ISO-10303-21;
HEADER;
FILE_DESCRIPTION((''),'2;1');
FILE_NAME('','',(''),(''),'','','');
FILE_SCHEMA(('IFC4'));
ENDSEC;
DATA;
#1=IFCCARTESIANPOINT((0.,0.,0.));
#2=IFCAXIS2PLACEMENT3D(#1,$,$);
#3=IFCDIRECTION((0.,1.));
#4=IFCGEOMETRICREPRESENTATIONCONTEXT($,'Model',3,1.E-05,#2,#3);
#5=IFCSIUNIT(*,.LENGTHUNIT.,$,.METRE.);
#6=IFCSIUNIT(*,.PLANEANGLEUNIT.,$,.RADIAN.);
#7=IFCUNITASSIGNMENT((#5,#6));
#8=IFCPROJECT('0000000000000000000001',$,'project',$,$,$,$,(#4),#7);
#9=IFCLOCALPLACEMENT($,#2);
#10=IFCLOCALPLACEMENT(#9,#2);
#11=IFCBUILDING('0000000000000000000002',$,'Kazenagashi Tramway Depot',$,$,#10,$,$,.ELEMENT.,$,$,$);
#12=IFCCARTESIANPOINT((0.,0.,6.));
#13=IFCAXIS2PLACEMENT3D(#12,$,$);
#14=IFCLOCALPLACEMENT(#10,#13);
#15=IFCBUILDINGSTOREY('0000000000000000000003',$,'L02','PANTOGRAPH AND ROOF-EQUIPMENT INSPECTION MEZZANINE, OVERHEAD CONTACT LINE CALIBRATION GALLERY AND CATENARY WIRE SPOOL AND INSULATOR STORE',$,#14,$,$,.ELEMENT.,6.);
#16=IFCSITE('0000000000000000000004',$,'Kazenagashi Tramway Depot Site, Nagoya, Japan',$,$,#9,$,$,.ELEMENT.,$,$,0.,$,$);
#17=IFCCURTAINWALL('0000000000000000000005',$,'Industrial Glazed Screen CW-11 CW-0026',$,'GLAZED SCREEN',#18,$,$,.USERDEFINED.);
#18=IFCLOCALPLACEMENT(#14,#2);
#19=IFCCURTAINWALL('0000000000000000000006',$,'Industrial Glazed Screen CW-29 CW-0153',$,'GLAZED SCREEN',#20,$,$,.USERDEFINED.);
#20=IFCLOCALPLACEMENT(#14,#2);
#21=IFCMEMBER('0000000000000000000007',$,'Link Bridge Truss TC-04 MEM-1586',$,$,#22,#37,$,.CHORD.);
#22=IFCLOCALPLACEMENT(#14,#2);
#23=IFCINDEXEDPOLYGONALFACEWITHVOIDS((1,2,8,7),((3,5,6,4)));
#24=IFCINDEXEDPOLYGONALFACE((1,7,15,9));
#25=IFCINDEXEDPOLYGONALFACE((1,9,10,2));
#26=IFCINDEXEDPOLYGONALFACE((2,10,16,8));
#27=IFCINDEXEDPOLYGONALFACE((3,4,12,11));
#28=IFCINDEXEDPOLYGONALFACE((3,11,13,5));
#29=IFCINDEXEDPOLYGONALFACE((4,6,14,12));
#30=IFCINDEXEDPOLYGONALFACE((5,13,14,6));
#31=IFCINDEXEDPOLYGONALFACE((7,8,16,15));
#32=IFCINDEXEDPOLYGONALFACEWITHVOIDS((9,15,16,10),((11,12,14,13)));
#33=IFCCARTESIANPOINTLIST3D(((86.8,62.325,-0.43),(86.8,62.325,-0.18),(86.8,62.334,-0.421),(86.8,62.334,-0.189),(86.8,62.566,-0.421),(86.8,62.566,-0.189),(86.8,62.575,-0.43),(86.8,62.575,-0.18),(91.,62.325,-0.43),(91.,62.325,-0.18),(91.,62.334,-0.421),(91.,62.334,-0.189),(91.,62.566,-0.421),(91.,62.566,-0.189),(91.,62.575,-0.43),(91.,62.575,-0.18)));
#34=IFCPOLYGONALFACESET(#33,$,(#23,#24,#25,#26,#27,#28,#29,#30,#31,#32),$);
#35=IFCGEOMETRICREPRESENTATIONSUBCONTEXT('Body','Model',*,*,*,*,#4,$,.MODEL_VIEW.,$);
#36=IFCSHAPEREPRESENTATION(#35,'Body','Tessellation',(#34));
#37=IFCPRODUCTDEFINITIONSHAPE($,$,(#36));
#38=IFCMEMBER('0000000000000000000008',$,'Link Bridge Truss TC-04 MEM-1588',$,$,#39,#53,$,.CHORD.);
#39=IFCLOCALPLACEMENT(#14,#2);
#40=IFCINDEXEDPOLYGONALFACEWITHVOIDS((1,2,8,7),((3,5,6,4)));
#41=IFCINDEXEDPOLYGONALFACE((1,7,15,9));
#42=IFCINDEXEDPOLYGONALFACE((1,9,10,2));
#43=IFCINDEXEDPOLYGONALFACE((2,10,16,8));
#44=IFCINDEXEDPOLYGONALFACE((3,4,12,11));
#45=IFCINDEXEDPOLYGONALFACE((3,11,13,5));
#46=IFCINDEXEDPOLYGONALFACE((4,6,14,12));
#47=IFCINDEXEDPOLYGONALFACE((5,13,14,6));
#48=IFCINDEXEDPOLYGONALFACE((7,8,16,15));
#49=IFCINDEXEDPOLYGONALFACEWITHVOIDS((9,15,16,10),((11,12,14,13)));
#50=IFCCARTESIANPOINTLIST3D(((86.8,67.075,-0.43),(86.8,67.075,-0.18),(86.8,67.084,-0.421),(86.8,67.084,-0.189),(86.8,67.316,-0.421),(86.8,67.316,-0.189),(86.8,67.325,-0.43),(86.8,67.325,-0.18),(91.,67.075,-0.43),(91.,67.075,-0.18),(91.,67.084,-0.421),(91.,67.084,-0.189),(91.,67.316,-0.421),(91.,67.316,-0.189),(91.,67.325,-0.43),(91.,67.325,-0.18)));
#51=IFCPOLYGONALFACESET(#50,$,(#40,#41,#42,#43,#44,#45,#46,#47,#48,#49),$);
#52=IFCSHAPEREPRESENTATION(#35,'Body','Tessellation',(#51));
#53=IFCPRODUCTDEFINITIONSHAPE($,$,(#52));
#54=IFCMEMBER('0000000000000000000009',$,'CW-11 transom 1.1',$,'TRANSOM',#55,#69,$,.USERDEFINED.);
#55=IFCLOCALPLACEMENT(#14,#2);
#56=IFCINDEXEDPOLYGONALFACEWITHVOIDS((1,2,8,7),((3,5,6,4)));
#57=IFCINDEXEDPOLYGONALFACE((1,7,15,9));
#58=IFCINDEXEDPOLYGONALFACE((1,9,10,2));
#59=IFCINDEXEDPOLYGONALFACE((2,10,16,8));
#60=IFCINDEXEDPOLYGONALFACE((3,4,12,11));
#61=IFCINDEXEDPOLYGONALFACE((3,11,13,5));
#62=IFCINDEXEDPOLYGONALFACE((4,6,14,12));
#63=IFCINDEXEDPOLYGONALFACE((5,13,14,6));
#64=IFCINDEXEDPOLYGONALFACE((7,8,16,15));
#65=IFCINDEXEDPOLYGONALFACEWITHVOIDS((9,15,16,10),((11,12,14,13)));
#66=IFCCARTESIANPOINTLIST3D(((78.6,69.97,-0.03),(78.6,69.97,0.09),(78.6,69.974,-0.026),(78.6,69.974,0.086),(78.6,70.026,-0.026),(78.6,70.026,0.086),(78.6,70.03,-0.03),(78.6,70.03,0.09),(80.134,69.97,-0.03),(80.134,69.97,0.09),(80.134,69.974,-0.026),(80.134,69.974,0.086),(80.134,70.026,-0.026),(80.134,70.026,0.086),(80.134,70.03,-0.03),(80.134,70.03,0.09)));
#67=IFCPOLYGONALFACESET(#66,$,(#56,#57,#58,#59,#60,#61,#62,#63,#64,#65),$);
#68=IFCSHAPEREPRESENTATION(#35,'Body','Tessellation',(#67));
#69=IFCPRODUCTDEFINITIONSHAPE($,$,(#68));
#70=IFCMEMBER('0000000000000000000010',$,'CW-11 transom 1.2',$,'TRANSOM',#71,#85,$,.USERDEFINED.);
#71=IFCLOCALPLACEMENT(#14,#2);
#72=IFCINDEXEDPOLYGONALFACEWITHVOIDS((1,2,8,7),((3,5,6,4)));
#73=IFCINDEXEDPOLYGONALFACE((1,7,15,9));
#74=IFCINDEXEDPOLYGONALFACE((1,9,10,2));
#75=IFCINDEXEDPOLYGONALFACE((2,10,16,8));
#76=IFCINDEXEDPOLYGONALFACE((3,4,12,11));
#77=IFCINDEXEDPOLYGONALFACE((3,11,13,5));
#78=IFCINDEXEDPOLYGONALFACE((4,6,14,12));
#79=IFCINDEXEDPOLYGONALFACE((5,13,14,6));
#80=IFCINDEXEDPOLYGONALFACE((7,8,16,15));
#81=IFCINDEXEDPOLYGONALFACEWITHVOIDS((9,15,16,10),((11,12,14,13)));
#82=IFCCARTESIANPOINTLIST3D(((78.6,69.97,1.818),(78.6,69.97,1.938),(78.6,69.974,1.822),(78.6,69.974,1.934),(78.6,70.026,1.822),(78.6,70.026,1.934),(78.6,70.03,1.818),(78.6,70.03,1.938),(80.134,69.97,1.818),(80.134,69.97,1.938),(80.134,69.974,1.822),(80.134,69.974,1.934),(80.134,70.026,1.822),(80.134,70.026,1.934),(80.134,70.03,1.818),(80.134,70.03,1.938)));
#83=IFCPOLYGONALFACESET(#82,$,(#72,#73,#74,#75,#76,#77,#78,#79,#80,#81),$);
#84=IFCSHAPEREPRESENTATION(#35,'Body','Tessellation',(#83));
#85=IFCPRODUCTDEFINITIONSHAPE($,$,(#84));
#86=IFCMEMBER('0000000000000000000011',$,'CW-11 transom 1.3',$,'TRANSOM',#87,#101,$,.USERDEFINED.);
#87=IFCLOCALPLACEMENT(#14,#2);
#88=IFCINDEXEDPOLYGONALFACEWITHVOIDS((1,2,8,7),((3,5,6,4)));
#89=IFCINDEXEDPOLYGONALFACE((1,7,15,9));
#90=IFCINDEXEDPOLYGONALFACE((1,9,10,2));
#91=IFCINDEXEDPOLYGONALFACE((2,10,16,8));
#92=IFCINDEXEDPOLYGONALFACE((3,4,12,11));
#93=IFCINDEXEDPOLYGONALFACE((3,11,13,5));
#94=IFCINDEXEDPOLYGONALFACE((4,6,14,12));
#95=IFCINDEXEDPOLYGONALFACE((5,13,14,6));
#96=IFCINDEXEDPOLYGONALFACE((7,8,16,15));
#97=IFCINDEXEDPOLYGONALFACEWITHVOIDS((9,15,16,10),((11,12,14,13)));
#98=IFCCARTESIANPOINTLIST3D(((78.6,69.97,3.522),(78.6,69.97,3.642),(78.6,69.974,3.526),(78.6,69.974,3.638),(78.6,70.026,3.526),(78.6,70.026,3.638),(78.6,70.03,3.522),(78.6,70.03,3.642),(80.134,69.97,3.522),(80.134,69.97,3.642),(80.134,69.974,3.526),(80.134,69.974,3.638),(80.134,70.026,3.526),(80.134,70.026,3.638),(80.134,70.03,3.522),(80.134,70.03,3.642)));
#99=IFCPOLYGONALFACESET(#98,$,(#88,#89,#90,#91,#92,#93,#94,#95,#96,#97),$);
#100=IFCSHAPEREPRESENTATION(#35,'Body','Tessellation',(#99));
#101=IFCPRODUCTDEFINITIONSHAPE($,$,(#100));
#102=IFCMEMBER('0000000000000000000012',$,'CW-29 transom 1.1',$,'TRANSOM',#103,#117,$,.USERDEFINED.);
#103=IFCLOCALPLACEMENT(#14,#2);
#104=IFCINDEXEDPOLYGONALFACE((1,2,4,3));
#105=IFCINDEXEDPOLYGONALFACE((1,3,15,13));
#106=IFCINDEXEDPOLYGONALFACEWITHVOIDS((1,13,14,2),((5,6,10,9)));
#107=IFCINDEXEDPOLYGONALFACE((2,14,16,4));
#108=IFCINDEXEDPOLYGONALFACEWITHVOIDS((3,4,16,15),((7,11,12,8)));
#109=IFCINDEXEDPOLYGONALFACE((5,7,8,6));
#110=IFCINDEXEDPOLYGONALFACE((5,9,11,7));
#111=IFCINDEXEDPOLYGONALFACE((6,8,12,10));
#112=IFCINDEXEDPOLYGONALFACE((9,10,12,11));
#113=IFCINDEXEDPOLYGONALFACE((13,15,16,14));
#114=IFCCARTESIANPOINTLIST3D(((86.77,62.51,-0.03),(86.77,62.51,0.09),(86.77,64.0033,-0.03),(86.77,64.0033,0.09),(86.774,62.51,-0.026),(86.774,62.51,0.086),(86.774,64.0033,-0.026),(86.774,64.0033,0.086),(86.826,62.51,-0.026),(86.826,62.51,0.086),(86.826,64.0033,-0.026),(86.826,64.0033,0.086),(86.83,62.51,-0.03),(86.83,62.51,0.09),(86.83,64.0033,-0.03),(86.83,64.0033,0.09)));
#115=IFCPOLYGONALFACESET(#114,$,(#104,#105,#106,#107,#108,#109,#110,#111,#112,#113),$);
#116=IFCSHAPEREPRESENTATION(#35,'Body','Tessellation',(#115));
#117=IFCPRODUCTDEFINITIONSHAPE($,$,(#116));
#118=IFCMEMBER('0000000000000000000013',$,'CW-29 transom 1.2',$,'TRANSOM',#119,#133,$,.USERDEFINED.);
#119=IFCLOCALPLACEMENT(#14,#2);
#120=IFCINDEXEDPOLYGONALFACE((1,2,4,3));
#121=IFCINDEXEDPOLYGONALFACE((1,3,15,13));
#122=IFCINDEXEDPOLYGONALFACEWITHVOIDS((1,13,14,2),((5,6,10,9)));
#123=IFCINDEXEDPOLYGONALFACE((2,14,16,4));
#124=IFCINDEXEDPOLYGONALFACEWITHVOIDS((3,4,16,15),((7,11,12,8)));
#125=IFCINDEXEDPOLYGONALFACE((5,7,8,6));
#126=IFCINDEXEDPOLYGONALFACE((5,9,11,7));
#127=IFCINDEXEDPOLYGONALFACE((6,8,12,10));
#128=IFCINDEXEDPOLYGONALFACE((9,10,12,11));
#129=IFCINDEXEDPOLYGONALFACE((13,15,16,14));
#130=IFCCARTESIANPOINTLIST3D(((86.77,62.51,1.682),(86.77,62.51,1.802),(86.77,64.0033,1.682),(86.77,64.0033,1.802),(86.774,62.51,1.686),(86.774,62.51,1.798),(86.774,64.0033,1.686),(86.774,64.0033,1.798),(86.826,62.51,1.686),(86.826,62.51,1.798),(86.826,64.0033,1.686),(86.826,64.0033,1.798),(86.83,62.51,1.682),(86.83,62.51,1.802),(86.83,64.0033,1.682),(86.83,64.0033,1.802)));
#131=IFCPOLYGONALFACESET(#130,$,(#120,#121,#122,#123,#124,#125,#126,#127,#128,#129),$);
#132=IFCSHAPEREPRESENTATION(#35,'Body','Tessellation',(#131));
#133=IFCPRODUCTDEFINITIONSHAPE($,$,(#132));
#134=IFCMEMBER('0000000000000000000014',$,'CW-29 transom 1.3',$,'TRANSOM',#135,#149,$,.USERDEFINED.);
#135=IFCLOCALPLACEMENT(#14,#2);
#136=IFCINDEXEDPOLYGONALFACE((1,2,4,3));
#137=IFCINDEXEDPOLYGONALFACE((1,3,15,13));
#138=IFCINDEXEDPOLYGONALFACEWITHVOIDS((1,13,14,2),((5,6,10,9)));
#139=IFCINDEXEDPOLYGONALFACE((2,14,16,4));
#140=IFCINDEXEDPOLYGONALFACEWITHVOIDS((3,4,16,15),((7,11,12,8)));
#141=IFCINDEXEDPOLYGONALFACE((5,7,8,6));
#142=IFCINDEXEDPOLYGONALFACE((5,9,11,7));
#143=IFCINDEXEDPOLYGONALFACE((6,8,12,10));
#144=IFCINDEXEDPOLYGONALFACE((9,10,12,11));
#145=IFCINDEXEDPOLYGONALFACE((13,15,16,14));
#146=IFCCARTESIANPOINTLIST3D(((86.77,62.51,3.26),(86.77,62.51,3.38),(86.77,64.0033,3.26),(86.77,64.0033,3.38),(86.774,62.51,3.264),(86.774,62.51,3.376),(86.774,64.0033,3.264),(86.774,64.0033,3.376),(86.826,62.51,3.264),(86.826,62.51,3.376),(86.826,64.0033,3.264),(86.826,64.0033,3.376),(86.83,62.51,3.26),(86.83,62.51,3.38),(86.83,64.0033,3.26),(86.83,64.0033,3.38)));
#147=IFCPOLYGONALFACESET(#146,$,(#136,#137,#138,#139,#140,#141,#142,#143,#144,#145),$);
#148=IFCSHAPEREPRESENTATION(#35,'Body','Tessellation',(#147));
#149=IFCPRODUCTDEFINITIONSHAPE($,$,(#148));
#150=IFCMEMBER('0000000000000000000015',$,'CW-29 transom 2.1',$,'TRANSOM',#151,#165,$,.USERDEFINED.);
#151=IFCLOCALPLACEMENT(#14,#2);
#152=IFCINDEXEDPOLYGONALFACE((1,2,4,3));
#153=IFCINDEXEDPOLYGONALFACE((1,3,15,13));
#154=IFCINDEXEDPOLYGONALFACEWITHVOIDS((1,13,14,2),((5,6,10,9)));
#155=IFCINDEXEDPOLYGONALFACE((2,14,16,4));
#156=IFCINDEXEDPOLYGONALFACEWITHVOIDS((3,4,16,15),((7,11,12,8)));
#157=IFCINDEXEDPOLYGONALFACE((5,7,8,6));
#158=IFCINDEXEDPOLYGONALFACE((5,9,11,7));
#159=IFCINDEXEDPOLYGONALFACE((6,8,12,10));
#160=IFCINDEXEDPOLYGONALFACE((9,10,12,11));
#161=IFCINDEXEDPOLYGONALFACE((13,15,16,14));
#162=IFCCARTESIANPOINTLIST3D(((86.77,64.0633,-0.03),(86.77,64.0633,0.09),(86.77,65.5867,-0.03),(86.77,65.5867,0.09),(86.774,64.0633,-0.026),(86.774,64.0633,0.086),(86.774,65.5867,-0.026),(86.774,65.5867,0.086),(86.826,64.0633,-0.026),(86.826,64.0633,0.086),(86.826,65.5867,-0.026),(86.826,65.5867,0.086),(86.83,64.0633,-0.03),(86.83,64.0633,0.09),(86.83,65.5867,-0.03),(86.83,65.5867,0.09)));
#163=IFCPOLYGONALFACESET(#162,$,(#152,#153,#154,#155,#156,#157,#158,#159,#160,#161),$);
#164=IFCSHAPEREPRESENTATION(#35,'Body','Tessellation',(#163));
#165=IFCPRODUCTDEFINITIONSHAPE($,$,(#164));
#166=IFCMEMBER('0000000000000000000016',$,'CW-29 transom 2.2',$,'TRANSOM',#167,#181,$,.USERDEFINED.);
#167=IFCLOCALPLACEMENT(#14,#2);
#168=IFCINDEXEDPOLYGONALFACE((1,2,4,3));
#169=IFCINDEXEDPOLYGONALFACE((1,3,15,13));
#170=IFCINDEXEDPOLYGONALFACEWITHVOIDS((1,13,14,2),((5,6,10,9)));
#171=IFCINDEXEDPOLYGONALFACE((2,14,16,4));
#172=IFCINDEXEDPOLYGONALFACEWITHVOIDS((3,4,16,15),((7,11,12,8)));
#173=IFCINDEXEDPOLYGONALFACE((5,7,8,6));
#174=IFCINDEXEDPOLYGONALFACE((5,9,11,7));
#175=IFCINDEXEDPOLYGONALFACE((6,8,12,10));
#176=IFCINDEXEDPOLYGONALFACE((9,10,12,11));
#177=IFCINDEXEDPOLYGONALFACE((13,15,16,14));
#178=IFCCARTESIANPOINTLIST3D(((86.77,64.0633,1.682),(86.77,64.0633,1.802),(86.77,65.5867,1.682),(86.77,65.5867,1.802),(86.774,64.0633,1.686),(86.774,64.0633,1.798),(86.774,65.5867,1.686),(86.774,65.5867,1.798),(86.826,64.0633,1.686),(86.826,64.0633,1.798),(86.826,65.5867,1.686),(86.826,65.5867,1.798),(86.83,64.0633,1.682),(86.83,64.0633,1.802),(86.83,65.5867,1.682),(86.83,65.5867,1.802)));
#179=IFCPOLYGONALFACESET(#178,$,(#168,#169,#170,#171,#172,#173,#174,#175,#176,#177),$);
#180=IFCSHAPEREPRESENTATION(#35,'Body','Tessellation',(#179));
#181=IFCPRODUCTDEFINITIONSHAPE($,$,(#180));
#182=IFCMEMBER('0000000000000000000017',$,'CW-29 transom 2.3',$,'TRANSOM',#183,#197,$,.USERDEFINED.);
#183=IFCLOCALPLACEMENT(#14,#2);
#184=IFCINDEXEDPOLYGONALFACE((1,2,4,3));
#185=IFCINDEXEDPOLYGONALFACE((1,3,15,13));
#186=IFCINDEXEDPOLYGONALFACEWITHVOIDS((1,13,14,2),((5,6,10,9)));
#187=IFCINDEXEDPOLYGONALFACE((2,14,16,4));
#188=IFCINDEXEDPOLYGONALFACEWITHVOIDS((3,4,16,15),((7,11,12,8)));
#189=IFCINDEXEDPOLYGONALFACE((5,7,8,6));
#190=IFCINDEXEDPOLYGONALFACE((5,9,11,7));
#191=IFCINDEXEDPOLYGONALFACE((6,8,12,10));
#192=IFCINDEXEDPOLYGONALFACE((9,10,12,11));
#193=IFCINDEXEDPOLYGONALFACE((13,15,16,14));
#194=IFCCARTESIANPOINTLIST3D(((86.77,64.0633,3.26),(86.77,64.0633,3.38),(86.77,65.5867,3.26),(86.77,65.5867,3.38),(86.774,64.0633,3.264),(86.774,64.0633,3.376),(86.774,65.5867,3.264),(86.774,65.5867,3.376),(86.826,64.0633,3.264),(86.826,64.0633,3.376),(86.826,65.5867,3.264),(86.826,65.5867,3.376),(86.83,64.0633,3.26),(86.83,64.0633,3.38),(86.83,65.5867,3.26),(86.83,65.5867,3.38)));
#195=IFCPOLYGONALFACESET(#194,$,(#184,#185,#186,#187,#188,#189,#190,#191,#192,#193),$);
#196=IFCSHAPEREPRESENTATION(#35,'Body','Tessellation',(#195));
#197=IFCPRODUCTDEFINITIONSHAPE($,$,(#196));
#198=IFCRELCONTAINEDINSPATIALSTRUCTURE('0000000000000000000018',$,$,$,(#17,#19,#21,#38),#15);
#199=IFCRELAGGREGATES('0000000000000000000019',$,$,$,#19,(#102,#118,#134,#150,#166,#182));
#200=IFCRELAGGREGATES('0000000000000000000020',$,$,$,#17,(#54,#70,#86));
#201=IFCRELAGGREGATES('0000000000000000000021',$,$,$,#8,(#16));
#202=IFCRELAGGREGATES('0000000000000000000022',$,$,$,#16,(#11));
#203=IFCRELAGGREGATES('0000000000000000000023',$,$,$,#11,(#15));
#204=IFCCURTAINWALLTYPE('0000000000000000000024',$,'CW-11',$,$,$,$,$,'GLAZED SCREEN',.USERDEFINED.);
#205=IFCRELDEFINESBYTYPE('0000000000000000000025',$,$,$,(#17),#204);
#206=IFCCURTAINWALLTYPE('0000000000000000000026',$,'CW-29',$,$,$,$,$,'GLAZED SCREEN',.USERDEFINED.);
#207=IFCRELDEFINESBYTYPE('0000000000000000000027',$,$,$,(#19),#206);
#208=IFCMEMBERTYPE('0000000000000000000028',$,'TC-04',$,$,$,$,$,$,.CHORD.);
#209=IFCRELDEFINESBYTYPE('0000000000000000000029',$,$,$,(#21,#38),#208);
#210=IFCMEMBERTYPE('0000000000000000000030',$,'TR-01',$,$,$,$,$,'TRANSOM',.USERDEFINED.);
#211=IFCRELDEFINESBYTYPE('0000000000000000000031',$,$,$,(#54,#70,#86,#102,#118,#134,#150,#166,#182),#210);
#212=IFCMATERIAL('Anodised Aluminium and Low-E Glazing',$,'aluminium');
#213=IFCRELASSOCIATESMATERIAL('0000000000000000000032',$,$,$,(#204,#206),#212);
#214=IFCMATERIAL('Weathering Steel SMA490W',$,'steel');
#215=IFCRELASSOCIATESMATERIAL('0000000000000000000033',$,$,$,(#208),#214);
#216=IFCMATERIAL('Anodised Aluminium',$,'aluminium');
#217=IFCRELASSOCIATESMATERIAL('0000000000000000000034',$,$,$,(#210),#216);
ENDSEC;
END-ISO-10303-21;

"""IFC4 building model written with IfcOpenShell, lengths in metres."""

from ifc_helpers import new_model, si_unit, direction, frame, origin, origin_2d, place, context, subcontext, project, spatial, hollow_rectangle, extrude, material, material_profile, profile_set, type_object, element, aggregate, save


model = new_model("IFC4")

# Units and contexts
model_context = context("Model", 3, precision=1e-05, world=origin(), true_north=direction((0.0, 1.0)))
body_context = subcontext(model_context, "Body", "Model", "MODEL_VIEW")
ifc_project = project(units=[si_unit("LENGTHUNIT", "METRE"), si_unit("PLANEANGLEUNIT", "RADIAN")], contexts=[model_context])

# Site, building, storey
site_placement = place(None, origin())
site = spatial("IfcSite", under=ifc_project, at=site_placement, Name="Kazenagashi Tramway Depot Site, Nagoya, Japan", CompositionType="ELEMENT", RefElevation=0.0)
building_placement = place(site_placement, origin())
building = spatial("IfcBuilding", under=site, at=building_placement, Name="Kazenagashi Tramway Depot", CompositionType="ELEMENT")
storey_placement = place(building_placement, frame((0.0, 0.0, 6.0)))
storey = spatial("IfcBuildingStorey", under=building, at=storey_placement, Name="L02", Description="PANTOGRAPH AND ROOF-EQUIPMENT INSPECTION MEZZANINE, OVERHEAD CONTACT LINE CALIBRATION GALLERY AND CATENARY WIRE SPOOL AND INSULATOR STORE", CompositionType="ELEMENT", Elevation=6.0)

# Shared definitions
ifc_material_1 = material(Name="Weathering Steel SMA490W", Category="steel")

# Curtain wall
ifc_material_2 = material(Name="Anodised Aluminium and Low-E Glazing", Category="aluminium")
curtain_wall_type_1 = type_object("IfcCurtainWallType", Name="CW-11", ElementType="GLAZED SCREEN", PredefinedType="USERDEFINED", material=ifc_material_2)
curtain_wall_1_placement = place(storey_placement, origin())
curtain_wall_1 = element("IfcCurtainWall", 1, at=curtain_wall_1_placement, inside=storey, type_object=curtain_wall_type_1, Name="Industrial Glazed Screen CW-11 CW-0026", ObjectType="GLAZED SCREEN", PredefinedType="USERDEFINED")
ifc_material_3 = material(Name="Anodised Aluminium", Category="aluminium")

# Curtain wall
curtain_wall_type_2 = type_object("IfcCurtainWallType", Name="CW-29", ElementType="GLAZED SCREEN", PredefinedType="USERDEFINED", material=ifc_material_2)
curtain_wall_2_placement = place(storey_placement, origin())
curtain_wall_2 = element("IfcCurtainWall", 2, at=curtain_wall_2_placement, inside=storey, type_object=curtain_wall_type_2, Name="Industrial Glazed Screen CW-29 CW-0153", ObjectType="GLAZED SCREEN", PredefinedType="USERDEFINED")

# Members
ifc_material_profile_1 = material_profile(ifc_material_1, hollow_rectangle(XDim=0.25, YDim=0.25, WallThickness=0.009, at=origin_2d()), Name="SHS-250x250x9")
ifc_profile_set_1 = profile_set([ifc_material_profile_1], Name="Weathering Steel SMA490W")
member_type_1 = type_object("IfcMemberType", Name="TC-04", PredefinedType="CHORD", material=ifc_profile_set_1)
for number, where, z_axis, x_axis, name in (
    (3, (86.8, 62.45, -0.305), (1.0, 0.0, 0.0), (0.0, 1.0, 0.0), "Link Bridge Truss TC-04 MEM-1586"),
    (4, (86.8, 67.2, -0.305), (1.0, 0.0, 0.0), (0.0, 1.0, 0.0), "Link Bridge Truss TC-04 MEM-1588"),
):
    element("IfcMember", number, at=place(storey_placement, frame(where, z_axis=z_axis, x_axis=x_axis)), inside=storey, type_object=member_type_1, Name=name, PredefinedType="CHORD", context=body_context, shape_type="SweptSolid", body=[
        extrude(hollow_rectangle(XDim=0.25, YDim=0.25, WallThickness=0.009, at=origin_2d()), origin(), (0.0, 0.0, 1.0), 4.2),
    ])

# Members
ifc_material_profile_2 = material_profile(ifc_material_3, hollow_rectangle(XDim=0.06, YDim=0.12, WallThickness=0.004, at=origin_2d()), Name="RHS-120x60x4")
ifc_profile_set_2 = profile_set([ifc_material_profile_2], Name="Anodised Aluminium")
member_type_2 = type_object("IfcMemberType", Name="TR-01", ElementType="TRANSOM", PredefinedType="USERDEFINED", material=ifc_profile_set_2)
member_1_placement = place(storey_placement, frame((78.6, 70.0, 0.03), z_axis=(1.0, 0.0, 0.0), x_axis=(0.0, 1.0, 0.0)))
member_1 = element("IfcMember", 5, at=member_1_placement, type_object=member_type_2, Name="CW-11 transom 1.1", ObjectType="TRANSOM", PredefinedType="USERDEFINED", context=body_context, shape_type="SweptSolid", body=[
    extrude(hollow_rectangle(XDim=0.06, YDim=0.12, WallThickness=0.004, at=origin_2d()), origin(), (0.0, 0.0, 1.0), 1.534),
])
member_2_placement = place(storey_placement, frame((78.6, 70.0, 1.878), z_axis=(1.0, 0.0, 0.0), x_axis=(0.0, 1.0, 0.0)))
member_2 = element("IfcMember", 6, at=member_2_placement, type_object=member_type_2, Name="CW-11 transom 1.2", ObjectType="TRANSOM", PredefinedType="USERDEFINED", context=body_context, shape_type="SweptSolid", body=[
    extrude(hollow_rectangle(XDim=0.06, YDim=0.12, WallThickness=0.004, at=origin_2d()), origin(), (0.0, 0.0, 1.0), 1.534),
])
member_3_placement = place(storey_placement, frame((78.6, 70.0, 3.582), z_axis=(1.0, 0.0, 0.0), x_axis=(0.0, 1.0, 0.0)))
member_3 = element("IfcMember", 7, at=member_3_placement, type_object=member_type_2, Name="CW-11 transom 1.3", ObjectType="TRANSOM", PredefinedType="USERDEFINED", context=body_context, shape_type="SweptSolid", body=[
    extrude(hollow_rectangle(XDim=0.06, YDim=0.12, WallThickness=0.004, at=origin_2d()), origin(), (0.0, 0.0, 1.0), 1.534),
])
member_4_placement = place(storey_placement, frame((86.8, 62.51, 0.03), z_axis=(0.0, 1.0, 0.0), x_axis=(-1.0, 0.0, 0.0)))
member_4 = element("IfcMember", 8, at=member_4_placement, type_object=member_type_2, Name="CW-29 transom 1.1", ObjectType="TRANSOM", PredefinedType="USERDEFINED", context=body_context, shape_type="SweptSolid", body=[
    extrude(hollow_rectangle(XDim=0.06, YDim=0.12, WallThickness=0.004, at=origin_2d()), origin(), (0.0, 0.0, 1.0), 1.4933),
])
member_5_placement = place(storey_placement, frame((86.8, 62.51, 1.742), z_axis=(0.0, 1.0, 0.0), x_axis=(-1.0, 0.0, 0.0)))
member_5 = element("IfcMember", 9, at=member_5_placement, type_object=member_type_2, Name="CW-29 transom 1.2", ObjectType="TRANSOM", PredefinedType="USERDEFINED", context=body_context, shape_type="SweptSolid", body=[
    extrude(hollow_rectangle(XDim=0.06, YDim=0.12, WallThickness=0.004, at=origin_2d()), origin(), (0.0, 0.0, 1.0), 1.4933),
])
member_6_placement = place(storey_placement, frame((86.8, 62.51, 3.32), z_axis=(0.0, 1.0, 0.0), x_axis=(-1.0, 0.0, 0.0)))
member_6 = element("IfcMember", 10, at=member_6_placement, type_object=member_type_2, Name="CW-29 transom 1.3", ObjectType="TRANSOM", PredefinedType="USERDEFINED", context=body_context, shape_type="SweptSolid", body=[
    extrude(hollow_rectangle(XDim=0.06, YDim=0.12, WallThickness=0.004, at=origin_2d()), origin(), (0.0, 0.0, 1.0), 1.4933),
])
member_7_placement = place(storey_placement, frame((86.8, 64.0633, 0.03), z_axis=(0.0, 1.0, 0.0), x_axis=(-1.0, 0.0, 0.0)))
member_7 = element("IfcMember", 11, at=member_7_placement, type_object=member_type_2, Name="CW-29 transom 2.1", ObjectType="TRANSOM", PredefinedType="USERDEFINED", context=body_context, shape_type="SweptSolid", body=[
    extrude(hollow_rectangle(XDim=0.06, YDim=0.12, WallThickness=0.004, at=origin_2d()), origin(), (0.0, 0.0, 1.0), 1.5233),
])
member_8_placement = place(storey_placement, frame((86.8, 64.0633, 1.742), z_axis=(0.0, 1.0, 0.0), x_axis=(-1.0, 0.0, 0.0)))
member_8 = element("IfcMember", 12, at=member_8_placement, type_object=member_type_2, Name="CW-29 transom 2.2", ObjectType="TRANSOM", PredefinedType="USERDEFINED", context=body_context, shape_type="SweptSolid", body=[
    extrude(hollow_rectangle(XDim=0.06, YDim=0.12, WallThickness=0.004, at=origin_2d()), origin(), (0.0, 0.0, 1.0), 1.5233),
])
member_9_placement = place(storey_placement, frame((86.8, 64.0633, 3.32), z_axis=(0.0, 1.0, 0.0), x_axis=(-1.0, 0.0, 0.0)))
member_9 = element("IfcMember", 13, at=member_9_placement, type_object=member_type_2, Name="CW-29 transom 2.3", ObjectType="TRANSOM", PredefinedType="USERDEFINED", context=body_context, shape_type="SweptSolid", body=[
    extrude(hollow_rectangle(XDim=0.06, YDim=0.12, WallThickness=0.004, at=origin_2d()), origin(), (0.0, 0.0, 1.0), 1.5233),
])

aggregate(curtain_wall_2, [member_4, member_5, member_6, member_7, member_8, member_9])
aggregate(curtain_wall_1, [member_1, member_2, member_3])

save(model, "model.ifc")
